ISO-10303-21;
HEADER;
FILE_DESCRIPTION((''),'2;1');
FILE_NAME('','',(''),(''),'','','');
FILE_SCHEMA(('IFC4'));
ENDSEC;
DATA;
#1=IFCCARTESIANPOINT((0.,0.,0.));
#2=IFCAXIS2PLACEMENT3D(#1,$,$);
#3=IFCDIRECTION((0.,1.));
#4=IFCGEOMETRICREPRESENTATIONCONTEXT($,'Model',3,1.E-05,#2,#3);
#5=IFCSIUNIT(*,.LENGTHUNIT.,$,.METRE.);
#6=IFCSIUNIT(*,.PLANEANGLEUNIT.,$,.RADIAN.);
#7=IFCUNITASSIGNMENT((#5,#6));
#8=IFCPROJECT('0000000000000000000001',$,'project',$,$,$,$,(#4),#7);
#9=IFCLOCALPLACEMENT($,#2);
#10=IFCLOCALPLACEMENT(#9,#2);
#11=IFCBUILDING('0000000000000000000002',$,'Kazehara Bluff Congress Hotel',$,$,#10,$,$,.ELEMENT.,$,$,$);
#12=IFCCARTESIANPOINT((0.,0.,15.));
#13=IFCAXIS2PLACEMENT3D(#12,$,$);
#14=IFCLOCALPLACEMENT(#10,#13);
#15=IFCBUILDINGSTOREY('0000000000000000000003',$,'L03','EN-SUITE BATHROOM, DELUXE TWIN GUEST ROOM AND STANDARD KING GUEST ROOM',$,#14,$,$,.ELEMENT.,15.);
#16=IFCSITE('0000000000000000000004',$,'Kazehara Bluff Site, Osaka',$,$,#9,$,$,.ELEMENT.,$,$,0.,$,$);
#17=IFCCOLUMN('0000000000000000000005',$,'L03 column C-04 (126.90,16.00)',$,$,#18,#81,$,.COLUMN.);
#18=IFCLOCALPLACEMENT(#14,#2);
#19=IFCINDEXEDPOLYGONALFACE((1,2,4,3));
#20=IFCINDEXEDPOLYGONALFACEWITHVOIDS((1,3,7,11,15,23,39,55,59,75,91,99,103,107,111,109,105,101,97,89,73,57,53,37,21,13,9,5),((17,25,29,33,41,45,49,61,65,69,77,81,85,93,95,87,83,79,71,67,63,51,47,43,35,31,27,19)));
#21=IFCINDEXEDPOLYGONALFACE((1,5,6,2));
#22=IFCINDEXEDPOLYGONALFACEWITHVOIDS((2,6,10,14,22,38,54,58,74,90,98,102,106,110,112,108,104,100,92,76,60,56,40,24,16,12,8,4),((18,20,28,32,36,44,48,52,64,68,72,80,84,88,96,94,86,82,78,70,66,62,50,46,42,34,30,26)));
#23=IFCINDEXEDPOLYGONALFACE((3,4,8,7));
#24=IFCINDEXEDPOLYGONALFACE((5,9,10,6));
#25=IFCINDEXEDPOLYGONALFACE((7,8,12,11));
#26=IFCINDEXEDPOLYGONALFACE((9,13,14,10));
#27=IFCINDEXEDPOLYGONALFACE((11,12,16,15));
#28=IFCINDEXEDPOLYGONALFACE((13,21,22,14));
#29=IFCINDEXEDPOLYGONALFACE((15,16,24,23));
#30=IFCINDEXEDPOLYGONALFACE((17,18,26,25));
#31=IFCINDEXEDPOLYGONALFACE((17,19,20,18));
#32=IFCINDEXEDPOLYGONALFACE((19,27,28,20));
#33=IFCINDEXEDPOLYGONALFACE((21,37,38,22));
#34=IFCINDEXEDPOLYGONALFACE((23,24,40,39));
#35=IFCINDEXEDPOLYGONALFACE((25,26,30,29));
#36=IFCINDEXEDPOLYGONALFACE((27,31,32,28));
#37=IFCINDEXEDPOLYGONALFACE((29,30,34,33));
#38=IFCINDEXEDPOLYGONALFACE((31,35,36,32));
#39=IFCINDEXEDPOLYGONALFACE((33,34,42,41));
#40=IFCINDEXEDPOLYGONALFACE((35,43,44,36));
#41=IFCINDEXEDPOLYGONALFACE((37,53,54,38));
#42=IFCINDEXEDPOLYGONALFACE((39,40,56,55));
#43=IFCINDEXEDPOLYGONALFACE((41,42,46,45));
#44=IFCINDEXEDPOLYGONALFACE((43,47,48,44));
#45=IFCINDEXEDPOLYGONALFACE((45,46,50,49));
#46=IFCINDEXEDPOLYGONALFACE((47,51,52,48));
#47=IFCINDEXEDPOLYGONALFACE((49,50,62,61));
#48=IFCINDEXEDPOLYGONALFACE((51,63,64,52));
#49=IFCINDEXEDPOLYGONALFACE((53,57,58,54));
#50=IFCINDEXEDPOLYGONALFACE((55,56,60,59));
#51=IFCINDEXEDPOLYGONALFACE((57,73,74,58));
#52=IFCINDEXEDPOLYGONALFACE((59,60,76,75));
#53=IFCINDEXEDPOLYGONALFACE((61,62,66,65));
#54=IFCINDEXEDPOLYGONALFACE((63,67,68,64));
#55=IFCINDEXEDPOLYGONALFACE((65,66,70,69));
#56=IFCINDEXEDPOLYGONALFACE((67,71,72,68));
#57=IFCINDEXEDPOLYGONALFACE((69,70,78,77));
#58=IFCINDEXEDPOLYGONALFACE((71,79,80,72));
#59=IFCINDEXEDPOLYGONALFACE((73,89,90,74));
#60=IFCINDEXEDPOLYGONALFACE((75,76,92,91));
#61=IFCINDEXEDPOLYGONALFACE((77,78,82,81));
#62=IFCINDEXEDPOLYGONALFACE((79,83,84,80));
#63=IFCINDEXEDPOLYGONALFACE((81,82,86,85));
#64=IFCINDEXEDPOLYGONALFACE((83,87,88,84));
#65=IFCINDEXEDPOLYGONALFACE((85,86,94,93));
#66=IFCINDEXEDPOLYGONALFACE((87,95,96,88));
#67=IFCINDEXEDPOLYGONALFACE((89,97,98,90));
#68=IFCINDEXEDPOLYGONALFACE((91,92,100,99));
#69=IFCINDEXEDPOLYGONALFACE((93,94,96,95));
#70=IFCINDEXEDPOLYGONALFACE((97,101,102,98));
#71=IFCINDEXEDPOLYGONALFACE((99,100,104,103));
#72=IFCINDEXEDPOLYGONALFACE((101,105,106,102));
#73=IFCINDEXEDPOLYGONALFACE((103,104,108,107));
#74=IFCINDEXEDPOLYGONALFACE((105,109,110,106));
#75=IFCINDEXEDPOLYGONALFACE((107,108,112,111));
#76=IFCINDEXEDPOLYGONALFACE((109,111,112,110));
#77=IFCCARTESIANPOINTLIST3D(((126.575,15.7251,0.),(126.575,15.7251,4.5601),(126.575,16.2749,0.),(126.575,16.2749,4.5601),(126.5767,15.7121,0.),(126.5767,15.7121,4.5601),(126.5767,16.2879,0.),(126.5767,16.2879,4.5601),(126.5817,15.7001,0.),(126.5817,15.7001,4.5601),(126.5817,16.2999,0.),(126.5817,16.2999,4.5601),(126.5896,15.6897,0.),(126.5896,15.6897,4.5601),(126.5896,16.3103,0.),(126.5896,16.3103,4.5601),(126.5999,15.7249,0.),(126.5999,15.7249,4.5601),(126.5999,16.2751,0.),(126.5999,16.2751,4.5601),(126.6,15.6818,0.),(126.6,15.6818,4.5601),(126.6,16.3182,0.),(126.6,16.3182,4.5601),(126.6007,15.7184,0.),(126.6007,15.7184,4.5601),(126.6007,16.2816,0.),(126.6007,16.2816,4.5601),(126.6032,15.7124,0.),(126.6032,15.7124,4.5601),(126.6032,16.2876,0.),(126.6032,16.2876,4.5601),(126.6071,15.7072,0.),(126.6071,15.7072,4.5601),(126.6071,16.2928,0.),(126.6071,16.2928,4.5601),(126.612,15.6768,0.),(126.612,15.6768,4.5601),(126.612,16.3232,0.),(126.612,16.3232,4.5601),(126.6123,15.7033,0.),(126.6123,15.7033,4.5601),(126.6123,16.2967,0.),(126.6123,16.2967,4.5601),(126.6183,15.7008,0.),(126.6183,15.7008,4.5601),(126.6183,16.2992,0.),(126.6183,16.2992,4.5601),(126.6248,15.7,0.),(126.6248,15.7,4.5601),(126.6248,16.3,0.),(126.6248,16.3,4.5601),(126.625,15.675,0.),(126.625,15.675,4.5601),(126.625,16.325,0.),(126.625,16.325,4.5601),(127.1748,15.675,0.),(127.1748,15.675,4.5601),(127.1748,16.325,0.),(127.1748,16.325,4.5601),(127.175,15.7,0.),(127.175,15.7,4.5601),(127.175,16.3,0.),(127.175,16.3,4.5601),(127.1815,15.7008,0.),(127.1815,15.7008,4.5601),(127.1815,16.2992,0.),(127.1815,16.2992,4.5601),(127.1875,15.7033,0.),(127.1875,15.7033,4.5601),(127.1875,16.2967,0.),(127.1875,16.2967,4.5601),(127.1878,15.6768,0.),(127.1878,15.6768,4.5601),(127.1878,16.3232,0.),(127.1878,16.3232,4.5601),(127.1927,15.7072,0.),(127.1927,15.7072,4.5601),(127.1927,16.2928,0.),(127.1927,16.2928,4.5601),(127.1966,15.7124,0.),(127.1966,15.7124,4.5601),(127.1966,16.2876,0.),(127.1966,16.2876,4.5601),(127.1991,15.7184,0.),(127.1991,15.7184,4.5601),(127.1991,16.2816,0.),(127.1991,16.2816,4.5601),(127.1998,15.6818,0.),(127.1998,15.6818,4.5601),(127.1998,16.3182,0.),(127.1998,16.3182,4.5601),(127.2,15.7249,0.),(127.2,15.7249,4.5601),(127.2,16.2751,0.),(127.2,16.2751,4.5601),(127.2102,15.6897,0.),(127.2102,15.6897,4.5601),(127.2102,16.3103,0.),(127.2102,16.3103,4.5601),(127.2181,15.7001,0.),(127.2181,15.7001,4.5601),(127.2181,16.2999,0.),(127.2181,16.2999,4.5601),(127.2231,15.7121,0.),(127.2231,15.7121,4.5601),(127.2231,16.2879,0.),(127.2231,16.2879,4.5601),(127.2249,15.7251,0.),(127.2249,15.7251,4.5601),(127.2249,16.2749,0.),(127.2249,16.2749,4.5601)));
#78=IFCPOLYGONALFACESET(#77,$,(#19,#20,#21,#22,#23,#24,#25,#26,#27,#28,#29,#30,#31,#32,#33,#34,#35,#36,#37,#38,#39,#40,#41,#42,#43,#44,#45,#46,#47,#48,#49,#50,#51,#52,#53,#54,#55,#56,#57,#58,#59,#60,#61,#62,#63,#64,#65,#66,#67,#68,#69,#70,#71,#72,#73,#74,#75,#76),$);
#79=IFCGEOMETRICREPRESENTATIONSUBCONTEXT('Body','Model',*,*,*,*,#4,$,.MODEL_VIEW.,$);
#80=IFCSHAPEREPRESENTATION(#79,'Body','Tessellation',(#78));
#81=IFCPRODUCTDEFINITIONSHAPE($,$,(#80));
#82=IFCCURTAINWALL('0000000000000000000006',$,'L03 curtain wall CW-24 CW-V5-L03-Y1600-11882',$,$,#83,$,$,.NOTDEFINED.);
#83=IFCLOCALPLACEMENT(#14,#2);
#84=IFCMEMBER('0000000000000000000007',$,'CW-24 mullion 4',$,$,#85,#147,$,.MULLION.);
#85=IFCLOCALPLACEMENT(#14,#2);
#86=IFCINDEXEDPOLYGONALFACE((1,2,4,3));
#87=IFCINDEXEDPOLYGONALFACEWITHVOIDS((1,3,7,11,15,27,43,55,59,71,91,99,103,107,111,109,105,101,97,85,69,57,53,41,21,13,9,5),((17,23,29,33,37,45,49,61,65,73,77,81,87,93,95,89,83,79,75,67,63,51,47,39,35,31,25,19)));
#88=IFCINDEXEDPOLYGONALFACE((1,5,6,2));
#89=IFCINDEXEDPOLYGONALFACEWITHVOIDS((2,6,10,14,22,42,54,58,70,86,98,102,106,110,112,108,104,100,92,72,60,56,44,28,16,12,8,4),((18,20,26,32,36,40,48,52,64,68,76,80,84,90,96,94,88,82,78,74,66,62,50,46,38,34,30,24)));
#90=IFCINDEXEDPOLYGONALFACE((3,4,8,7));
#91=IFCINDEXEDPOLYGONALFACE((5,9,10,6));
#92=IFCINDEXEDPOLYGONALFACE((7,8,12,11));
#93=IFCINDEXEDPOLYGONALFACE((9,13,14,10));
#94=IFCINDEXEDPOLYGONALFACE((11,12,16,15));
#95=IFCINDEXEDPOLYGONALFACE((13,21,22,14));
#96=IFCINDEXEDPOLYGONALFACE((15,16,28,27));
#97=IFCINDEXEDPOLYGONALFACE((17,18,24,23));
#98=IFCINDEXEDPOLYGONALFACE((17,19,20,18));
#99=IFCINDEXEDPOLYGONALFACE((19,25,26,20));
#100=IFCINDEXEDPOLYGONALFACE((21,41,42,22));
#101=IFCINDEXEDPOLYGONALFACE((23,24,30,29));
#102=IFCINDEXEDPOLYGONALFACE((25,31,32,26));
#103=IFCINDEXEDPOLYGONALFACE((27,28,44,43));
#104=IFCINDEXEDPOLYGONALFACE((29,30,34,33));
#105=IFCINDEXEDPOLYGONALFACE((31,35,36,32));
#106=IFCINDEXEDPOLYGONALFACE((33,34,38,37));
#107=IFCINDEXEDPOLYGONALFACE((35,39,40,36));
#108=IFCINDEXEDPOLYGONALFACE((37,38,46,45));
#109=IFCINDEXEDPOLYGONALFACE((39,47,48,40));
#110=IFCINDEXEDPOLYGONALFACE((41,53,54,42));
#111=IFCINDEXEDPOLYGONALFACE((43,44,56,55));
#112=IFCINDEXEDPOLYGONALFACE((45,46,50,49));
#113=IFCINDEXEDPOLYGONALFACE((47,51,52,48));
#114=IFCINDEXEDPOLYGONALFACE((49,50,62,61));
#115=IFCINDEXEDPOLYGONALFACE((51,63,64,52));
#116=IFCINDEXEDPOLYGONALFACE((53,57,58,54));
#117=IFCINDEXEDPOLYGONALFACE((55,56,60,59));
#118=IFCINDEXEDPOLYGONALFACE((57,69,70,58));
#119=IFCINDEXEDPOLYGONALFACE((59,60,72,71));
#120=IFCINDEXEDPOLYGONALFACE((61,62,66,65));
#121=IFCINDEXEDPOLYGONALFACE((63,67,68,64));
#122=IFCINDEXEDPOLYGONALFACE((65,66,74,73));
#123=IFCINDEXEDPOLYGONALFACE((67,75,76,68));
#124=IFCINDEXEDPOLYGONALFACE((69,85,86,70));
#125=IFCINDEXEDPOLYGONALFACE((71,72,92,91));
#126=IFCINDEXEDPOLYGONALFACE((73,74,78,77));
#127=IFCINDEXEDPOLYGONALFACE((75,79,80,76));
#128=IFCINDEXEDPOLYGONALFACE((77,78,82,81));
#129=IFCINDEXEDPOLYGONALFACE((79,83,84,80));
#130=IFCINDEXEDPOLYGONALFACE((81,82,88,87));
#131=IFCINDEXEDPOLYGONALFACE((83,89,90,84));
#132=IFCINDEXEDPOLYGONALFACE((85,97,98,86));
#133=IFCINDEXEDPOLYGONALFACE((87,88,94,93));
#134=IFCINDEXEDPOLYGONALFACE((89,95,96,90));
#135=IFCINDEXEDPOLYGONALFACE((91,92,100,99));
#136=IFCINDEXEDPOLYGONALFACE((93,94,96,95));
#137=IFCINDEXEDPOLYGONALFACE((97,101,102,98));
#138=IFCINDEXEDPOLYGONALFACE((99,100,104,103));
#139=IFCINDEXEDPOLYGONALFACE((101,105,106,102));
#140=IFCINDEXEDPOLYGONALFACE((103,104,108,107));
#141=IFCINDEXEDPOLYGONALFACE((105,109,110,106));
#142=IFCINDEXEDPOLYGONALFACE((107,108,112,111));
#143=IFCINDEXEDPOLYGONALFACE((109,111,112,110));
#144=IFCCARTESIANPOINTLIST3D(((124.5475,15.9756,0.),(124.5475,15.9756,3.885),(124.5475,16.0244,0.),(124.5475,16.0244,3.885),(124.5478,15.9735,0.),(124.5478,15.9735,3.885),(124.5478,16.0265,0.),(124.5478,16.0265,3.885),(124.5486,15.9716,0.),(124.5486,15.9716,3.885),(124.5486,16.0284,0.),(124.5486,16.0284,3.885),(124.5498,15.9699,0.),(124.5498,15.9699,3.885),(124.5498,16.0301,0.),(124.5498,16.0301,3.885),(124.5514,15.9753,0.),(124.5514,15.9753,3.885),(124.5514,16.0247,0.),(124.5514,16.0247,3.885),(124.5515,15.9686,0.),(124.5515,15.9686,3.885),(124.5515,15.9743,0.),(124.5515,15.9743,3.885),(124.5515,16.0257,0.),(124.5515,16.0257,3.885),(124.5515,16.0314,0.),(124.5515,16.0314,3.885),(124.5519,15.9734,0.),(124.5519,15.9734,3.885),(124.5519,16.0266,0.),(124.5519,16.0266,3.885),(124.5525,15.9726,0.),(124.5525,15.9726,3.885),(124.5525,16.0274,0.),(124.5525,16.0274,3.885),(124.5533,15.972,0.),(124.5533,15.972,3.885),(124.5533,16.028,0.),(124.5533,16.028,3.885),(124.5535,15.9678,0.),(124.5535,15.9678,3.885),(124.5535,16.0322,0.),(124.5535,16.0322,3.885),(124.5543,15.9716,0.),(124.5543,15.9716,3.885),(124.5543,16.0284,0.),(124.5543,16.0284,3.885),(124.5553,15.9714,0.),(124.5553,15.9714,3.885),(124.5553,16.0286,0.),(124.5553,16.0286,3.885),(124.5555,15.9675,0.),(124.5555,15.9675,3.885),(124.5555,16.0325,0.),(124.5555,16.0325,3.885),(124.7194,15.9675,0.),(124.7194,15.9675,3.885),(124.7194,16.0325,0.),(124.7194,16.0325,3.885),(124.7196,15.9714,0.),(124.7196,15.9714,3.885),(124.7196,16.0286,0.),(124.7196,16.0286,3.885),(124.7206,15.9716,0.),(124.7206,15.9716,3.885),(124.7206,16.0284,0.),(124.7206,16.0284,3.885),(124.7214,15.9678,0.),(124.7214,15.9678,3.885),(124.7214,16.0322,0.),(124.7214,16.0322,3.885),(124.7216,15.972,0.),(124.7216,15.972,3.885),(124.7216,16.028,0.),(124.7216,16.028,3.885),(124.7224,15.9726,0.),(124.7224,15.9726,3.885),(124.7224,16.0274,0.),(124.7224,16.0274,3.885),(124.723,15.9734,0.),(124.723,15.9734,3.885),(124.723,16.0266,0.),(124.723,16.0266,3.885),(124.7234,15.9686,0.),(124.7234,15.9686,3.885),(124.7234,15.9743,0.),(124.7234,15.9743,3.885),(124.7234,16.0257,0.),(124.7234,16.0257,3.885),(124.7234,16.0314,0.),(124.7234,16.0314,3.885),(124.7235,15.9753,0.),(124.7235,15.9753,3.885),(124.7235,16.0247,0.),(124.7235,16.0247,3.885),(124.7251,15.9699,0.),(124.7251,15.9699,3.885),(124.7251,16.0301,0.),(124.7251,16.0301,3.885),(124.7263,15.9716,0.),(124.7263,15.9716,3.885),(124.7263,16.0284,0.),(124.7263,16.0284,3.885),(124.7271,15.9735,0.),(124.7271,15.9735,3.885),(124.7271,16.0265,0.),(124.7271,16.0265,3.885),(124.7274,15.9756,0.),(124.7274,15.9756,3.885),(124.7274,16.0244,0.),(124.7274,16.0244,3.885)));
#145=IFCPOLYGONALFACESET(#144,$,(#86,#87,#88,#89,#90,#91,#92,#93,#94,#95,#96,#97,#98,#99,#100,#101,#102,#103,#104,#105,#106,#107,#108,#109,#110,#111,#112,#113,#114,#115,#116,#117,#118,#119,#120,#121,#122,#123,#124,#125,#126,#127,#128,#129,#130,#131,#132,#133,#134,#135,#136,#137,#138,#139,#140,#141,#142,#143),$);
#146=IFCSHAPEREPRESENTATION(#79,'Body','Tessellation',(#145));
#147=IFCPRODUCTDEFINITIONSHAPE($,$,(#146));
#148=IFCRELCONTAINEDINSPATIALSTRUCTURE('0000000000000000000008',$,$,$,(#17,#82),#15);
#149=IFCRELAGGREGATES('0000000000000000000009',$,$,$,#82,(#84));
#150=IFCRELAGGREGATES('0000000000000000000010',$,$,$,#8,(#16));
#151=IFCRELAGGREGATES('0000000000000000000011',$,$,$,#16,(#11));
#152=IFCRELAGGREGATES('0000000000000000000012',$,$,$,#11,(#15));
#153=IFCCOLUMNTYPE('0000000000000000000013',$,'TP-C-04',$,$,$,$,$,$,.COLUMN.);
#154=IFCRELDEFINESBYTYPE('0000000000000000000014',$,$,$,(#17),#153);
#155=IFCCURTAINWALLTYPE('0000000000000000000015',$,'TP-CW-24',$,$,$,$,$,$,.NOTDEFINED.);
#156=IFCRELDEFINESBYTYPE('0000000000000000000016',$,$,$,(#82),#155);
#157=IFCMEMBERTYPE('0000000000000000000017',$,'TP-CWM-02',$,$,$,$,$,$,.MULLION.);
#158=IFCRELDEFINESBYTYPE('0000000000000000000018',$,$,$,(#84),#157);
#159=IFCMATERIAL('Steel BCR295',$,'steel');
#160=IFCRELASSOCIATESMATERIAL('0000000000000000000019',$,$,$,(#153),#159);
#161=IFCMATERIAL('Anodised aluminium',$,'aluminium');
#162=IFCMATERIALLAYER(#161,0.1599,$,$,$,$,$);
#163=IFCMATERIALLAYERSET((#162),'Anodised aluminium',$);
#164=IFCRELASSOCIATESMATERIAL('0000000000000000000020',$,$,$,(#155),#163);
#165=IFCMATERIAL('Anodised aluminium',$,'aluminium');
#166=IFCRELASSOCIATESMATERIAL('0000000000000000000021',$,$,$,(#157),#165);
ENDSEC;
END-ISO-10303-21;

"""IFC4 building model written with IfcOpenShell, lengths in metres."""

from ifc_helpers import new_model, si_unit, direction, frame, origin, origin_2d, place, context, subcontext, project, spatial, hollow_rectangle, extrude, material, layer, layer_set, material_profile, profile_set, type_object, element, aggregate, save


model = new_model("IFC4")

# Units and contexts
model_context = context("Model", 3, precision=1e-05, world=origin(), true_north=direction((0.0, 1.0)))
body_context = subcontext(model_context, "Body", "Model", "MODEL_VIEW")
ifc_project = project(units=[si_unit("LENGTHUNIT", "METRE"), si_unit("PLANEANGLEUNIT", "RADIAN")], contexts=[model_context])

# Site, building, storey
site_placement = place(None, origin())
site = spatial("IfcSite", under=ifc_project, at=site_placement, Name="Kazehara Bluff Site, Osaka", CompositionType="ELEMENT", RefElevation=0.0)
building_placement = place(site_placement, origin())
building = spatial("IfcBuilding", under=site, at=building_placement, Name="Kazehara Bluff Congress Hotel", CompositionType="ELEMENT")
storey_placement = place(building_placement, frame((0.0, 0.0, 15.0)))
storey = spatial("IfcBuildingStorey", under=building, at=storey_placement, Name="L03", Description="EN-SUITE BATHROOM, DELUXE TWIN GUEST ROOM AND STANDARD KING GUEST ROOM", CompositionType="ELEMENT", Elevation=15.0)

# Column
ifc_material_1 = material(Name="Steel BCR295", Category="steel")
ifc_material_profile_1 = material_profile(ifc_material_1, hollow_rectangle(XDim=0.6499, YDim=0.6499, WallThickness=0.0249, InnerFilletRadius=0.0249, OuterFilletRadius=0.05, at=origin_2d()))
ifc_profile_set_1 = profile_set([ifc_material_profile_1], Name="Steel BCR295")
column_type = type_object("IfcColumnType", Name="TP-C-04", PredefinedType="COLUMN", material=ifc_profile_set_1)
column_placement = place(storey_placement, frame((126.8999, 16.0, 0.0), z_axis=(0.0, 0.0, 1.0), x_axis=(1.0, 0.0, 0.0)))
element("IfcColumn", 1, at=column_placement, inside=storey, type_object=column_type, Name="L03 column C-04 (126.90,16.00)", PredefinedType="COLUMN", context=body_context, shape_type="SweptSolid", body=[
    extrude(hollow_rectangle(XDim=0.6499, YDim=0.6499, WallThickness=0.0249, InnerFilletRadius=0.0249, OuterFilletRadius=0.05, at=origin_2d()), origin(), (0.0, 0.0, 1.0), 4.5601),
])

# Curtain wall, member
ifc_material_2 = material(Name="Anodised aluminium", Category="aluminium")
ifc_layer_1 = layer(ifc_material_2, 0.1599)
ifc_layer_set_1 = layer_set([ifc_layer_1], Name="Anodised aluminium")
curtain_wall_type = type_object("IfcCurtainWallType", Name="TP-CW-24", PredefinedType="NOTDEFINED", material=ifc_layer_set_1)
curtain_wall_1_placement = place(storey_placement, origin())
curtain_wall_1 = element("IfcCurtainWall", 2, at=curtain_wall_1_placement, inside=storey, type_object=curtain_wall_type, Name="L03 curtain wall CW-24 CW-V5-L03-Y1600-11882", PredefinedType="NOTDEFINED")
ifc_material_3 = material(Name="Anodised aluminium", Category="aluminium")
ifc_material_profile_2 = material_profile(ifc_material_3, hollow_rectangle(XDim=0.0649, YDim=0.1799, WallThickness=0.0039, InnerFilletRadius=0.0039, OuterFilletRadius=0.0081, at=origin_2d()))
ifc_profile_set_2 = profile_set([ifc_material_profile_2], Name="Anodised aluminium")
member_type_1 = type_object("IfcMemberType", Name="TP-CWM-02", PredefinedType="MULLION", material=ifc_profile_set_2)
member_1_placement = place(storey_placement, frame((124.6375, 16.0, 0.0), z_axis=(0.0, 0.0, 1.0), x_axis=(0.0, 1.0, 0.0)))
member_1 = element("IfcMember", 3, at=member_1_placement, type_object=member_type_1, Name="CW-24 mullion 4", PredefinedType="MULLION", context=body_context, shape_type="SweptSolid", body=[
    extrude(hollow_rectangle(XDim=0.0649, YDim=0.1799, WallThickness=0.0039, InnerFilletRadius=0.0039, OuterFilletRadius=0.0081, at=origin_2d()), origin(), (0.0, 0.0, 1.0), 3.885),
])

aggregate(curtain_wall_1, [member_1])

save(model, "model.ifc")
